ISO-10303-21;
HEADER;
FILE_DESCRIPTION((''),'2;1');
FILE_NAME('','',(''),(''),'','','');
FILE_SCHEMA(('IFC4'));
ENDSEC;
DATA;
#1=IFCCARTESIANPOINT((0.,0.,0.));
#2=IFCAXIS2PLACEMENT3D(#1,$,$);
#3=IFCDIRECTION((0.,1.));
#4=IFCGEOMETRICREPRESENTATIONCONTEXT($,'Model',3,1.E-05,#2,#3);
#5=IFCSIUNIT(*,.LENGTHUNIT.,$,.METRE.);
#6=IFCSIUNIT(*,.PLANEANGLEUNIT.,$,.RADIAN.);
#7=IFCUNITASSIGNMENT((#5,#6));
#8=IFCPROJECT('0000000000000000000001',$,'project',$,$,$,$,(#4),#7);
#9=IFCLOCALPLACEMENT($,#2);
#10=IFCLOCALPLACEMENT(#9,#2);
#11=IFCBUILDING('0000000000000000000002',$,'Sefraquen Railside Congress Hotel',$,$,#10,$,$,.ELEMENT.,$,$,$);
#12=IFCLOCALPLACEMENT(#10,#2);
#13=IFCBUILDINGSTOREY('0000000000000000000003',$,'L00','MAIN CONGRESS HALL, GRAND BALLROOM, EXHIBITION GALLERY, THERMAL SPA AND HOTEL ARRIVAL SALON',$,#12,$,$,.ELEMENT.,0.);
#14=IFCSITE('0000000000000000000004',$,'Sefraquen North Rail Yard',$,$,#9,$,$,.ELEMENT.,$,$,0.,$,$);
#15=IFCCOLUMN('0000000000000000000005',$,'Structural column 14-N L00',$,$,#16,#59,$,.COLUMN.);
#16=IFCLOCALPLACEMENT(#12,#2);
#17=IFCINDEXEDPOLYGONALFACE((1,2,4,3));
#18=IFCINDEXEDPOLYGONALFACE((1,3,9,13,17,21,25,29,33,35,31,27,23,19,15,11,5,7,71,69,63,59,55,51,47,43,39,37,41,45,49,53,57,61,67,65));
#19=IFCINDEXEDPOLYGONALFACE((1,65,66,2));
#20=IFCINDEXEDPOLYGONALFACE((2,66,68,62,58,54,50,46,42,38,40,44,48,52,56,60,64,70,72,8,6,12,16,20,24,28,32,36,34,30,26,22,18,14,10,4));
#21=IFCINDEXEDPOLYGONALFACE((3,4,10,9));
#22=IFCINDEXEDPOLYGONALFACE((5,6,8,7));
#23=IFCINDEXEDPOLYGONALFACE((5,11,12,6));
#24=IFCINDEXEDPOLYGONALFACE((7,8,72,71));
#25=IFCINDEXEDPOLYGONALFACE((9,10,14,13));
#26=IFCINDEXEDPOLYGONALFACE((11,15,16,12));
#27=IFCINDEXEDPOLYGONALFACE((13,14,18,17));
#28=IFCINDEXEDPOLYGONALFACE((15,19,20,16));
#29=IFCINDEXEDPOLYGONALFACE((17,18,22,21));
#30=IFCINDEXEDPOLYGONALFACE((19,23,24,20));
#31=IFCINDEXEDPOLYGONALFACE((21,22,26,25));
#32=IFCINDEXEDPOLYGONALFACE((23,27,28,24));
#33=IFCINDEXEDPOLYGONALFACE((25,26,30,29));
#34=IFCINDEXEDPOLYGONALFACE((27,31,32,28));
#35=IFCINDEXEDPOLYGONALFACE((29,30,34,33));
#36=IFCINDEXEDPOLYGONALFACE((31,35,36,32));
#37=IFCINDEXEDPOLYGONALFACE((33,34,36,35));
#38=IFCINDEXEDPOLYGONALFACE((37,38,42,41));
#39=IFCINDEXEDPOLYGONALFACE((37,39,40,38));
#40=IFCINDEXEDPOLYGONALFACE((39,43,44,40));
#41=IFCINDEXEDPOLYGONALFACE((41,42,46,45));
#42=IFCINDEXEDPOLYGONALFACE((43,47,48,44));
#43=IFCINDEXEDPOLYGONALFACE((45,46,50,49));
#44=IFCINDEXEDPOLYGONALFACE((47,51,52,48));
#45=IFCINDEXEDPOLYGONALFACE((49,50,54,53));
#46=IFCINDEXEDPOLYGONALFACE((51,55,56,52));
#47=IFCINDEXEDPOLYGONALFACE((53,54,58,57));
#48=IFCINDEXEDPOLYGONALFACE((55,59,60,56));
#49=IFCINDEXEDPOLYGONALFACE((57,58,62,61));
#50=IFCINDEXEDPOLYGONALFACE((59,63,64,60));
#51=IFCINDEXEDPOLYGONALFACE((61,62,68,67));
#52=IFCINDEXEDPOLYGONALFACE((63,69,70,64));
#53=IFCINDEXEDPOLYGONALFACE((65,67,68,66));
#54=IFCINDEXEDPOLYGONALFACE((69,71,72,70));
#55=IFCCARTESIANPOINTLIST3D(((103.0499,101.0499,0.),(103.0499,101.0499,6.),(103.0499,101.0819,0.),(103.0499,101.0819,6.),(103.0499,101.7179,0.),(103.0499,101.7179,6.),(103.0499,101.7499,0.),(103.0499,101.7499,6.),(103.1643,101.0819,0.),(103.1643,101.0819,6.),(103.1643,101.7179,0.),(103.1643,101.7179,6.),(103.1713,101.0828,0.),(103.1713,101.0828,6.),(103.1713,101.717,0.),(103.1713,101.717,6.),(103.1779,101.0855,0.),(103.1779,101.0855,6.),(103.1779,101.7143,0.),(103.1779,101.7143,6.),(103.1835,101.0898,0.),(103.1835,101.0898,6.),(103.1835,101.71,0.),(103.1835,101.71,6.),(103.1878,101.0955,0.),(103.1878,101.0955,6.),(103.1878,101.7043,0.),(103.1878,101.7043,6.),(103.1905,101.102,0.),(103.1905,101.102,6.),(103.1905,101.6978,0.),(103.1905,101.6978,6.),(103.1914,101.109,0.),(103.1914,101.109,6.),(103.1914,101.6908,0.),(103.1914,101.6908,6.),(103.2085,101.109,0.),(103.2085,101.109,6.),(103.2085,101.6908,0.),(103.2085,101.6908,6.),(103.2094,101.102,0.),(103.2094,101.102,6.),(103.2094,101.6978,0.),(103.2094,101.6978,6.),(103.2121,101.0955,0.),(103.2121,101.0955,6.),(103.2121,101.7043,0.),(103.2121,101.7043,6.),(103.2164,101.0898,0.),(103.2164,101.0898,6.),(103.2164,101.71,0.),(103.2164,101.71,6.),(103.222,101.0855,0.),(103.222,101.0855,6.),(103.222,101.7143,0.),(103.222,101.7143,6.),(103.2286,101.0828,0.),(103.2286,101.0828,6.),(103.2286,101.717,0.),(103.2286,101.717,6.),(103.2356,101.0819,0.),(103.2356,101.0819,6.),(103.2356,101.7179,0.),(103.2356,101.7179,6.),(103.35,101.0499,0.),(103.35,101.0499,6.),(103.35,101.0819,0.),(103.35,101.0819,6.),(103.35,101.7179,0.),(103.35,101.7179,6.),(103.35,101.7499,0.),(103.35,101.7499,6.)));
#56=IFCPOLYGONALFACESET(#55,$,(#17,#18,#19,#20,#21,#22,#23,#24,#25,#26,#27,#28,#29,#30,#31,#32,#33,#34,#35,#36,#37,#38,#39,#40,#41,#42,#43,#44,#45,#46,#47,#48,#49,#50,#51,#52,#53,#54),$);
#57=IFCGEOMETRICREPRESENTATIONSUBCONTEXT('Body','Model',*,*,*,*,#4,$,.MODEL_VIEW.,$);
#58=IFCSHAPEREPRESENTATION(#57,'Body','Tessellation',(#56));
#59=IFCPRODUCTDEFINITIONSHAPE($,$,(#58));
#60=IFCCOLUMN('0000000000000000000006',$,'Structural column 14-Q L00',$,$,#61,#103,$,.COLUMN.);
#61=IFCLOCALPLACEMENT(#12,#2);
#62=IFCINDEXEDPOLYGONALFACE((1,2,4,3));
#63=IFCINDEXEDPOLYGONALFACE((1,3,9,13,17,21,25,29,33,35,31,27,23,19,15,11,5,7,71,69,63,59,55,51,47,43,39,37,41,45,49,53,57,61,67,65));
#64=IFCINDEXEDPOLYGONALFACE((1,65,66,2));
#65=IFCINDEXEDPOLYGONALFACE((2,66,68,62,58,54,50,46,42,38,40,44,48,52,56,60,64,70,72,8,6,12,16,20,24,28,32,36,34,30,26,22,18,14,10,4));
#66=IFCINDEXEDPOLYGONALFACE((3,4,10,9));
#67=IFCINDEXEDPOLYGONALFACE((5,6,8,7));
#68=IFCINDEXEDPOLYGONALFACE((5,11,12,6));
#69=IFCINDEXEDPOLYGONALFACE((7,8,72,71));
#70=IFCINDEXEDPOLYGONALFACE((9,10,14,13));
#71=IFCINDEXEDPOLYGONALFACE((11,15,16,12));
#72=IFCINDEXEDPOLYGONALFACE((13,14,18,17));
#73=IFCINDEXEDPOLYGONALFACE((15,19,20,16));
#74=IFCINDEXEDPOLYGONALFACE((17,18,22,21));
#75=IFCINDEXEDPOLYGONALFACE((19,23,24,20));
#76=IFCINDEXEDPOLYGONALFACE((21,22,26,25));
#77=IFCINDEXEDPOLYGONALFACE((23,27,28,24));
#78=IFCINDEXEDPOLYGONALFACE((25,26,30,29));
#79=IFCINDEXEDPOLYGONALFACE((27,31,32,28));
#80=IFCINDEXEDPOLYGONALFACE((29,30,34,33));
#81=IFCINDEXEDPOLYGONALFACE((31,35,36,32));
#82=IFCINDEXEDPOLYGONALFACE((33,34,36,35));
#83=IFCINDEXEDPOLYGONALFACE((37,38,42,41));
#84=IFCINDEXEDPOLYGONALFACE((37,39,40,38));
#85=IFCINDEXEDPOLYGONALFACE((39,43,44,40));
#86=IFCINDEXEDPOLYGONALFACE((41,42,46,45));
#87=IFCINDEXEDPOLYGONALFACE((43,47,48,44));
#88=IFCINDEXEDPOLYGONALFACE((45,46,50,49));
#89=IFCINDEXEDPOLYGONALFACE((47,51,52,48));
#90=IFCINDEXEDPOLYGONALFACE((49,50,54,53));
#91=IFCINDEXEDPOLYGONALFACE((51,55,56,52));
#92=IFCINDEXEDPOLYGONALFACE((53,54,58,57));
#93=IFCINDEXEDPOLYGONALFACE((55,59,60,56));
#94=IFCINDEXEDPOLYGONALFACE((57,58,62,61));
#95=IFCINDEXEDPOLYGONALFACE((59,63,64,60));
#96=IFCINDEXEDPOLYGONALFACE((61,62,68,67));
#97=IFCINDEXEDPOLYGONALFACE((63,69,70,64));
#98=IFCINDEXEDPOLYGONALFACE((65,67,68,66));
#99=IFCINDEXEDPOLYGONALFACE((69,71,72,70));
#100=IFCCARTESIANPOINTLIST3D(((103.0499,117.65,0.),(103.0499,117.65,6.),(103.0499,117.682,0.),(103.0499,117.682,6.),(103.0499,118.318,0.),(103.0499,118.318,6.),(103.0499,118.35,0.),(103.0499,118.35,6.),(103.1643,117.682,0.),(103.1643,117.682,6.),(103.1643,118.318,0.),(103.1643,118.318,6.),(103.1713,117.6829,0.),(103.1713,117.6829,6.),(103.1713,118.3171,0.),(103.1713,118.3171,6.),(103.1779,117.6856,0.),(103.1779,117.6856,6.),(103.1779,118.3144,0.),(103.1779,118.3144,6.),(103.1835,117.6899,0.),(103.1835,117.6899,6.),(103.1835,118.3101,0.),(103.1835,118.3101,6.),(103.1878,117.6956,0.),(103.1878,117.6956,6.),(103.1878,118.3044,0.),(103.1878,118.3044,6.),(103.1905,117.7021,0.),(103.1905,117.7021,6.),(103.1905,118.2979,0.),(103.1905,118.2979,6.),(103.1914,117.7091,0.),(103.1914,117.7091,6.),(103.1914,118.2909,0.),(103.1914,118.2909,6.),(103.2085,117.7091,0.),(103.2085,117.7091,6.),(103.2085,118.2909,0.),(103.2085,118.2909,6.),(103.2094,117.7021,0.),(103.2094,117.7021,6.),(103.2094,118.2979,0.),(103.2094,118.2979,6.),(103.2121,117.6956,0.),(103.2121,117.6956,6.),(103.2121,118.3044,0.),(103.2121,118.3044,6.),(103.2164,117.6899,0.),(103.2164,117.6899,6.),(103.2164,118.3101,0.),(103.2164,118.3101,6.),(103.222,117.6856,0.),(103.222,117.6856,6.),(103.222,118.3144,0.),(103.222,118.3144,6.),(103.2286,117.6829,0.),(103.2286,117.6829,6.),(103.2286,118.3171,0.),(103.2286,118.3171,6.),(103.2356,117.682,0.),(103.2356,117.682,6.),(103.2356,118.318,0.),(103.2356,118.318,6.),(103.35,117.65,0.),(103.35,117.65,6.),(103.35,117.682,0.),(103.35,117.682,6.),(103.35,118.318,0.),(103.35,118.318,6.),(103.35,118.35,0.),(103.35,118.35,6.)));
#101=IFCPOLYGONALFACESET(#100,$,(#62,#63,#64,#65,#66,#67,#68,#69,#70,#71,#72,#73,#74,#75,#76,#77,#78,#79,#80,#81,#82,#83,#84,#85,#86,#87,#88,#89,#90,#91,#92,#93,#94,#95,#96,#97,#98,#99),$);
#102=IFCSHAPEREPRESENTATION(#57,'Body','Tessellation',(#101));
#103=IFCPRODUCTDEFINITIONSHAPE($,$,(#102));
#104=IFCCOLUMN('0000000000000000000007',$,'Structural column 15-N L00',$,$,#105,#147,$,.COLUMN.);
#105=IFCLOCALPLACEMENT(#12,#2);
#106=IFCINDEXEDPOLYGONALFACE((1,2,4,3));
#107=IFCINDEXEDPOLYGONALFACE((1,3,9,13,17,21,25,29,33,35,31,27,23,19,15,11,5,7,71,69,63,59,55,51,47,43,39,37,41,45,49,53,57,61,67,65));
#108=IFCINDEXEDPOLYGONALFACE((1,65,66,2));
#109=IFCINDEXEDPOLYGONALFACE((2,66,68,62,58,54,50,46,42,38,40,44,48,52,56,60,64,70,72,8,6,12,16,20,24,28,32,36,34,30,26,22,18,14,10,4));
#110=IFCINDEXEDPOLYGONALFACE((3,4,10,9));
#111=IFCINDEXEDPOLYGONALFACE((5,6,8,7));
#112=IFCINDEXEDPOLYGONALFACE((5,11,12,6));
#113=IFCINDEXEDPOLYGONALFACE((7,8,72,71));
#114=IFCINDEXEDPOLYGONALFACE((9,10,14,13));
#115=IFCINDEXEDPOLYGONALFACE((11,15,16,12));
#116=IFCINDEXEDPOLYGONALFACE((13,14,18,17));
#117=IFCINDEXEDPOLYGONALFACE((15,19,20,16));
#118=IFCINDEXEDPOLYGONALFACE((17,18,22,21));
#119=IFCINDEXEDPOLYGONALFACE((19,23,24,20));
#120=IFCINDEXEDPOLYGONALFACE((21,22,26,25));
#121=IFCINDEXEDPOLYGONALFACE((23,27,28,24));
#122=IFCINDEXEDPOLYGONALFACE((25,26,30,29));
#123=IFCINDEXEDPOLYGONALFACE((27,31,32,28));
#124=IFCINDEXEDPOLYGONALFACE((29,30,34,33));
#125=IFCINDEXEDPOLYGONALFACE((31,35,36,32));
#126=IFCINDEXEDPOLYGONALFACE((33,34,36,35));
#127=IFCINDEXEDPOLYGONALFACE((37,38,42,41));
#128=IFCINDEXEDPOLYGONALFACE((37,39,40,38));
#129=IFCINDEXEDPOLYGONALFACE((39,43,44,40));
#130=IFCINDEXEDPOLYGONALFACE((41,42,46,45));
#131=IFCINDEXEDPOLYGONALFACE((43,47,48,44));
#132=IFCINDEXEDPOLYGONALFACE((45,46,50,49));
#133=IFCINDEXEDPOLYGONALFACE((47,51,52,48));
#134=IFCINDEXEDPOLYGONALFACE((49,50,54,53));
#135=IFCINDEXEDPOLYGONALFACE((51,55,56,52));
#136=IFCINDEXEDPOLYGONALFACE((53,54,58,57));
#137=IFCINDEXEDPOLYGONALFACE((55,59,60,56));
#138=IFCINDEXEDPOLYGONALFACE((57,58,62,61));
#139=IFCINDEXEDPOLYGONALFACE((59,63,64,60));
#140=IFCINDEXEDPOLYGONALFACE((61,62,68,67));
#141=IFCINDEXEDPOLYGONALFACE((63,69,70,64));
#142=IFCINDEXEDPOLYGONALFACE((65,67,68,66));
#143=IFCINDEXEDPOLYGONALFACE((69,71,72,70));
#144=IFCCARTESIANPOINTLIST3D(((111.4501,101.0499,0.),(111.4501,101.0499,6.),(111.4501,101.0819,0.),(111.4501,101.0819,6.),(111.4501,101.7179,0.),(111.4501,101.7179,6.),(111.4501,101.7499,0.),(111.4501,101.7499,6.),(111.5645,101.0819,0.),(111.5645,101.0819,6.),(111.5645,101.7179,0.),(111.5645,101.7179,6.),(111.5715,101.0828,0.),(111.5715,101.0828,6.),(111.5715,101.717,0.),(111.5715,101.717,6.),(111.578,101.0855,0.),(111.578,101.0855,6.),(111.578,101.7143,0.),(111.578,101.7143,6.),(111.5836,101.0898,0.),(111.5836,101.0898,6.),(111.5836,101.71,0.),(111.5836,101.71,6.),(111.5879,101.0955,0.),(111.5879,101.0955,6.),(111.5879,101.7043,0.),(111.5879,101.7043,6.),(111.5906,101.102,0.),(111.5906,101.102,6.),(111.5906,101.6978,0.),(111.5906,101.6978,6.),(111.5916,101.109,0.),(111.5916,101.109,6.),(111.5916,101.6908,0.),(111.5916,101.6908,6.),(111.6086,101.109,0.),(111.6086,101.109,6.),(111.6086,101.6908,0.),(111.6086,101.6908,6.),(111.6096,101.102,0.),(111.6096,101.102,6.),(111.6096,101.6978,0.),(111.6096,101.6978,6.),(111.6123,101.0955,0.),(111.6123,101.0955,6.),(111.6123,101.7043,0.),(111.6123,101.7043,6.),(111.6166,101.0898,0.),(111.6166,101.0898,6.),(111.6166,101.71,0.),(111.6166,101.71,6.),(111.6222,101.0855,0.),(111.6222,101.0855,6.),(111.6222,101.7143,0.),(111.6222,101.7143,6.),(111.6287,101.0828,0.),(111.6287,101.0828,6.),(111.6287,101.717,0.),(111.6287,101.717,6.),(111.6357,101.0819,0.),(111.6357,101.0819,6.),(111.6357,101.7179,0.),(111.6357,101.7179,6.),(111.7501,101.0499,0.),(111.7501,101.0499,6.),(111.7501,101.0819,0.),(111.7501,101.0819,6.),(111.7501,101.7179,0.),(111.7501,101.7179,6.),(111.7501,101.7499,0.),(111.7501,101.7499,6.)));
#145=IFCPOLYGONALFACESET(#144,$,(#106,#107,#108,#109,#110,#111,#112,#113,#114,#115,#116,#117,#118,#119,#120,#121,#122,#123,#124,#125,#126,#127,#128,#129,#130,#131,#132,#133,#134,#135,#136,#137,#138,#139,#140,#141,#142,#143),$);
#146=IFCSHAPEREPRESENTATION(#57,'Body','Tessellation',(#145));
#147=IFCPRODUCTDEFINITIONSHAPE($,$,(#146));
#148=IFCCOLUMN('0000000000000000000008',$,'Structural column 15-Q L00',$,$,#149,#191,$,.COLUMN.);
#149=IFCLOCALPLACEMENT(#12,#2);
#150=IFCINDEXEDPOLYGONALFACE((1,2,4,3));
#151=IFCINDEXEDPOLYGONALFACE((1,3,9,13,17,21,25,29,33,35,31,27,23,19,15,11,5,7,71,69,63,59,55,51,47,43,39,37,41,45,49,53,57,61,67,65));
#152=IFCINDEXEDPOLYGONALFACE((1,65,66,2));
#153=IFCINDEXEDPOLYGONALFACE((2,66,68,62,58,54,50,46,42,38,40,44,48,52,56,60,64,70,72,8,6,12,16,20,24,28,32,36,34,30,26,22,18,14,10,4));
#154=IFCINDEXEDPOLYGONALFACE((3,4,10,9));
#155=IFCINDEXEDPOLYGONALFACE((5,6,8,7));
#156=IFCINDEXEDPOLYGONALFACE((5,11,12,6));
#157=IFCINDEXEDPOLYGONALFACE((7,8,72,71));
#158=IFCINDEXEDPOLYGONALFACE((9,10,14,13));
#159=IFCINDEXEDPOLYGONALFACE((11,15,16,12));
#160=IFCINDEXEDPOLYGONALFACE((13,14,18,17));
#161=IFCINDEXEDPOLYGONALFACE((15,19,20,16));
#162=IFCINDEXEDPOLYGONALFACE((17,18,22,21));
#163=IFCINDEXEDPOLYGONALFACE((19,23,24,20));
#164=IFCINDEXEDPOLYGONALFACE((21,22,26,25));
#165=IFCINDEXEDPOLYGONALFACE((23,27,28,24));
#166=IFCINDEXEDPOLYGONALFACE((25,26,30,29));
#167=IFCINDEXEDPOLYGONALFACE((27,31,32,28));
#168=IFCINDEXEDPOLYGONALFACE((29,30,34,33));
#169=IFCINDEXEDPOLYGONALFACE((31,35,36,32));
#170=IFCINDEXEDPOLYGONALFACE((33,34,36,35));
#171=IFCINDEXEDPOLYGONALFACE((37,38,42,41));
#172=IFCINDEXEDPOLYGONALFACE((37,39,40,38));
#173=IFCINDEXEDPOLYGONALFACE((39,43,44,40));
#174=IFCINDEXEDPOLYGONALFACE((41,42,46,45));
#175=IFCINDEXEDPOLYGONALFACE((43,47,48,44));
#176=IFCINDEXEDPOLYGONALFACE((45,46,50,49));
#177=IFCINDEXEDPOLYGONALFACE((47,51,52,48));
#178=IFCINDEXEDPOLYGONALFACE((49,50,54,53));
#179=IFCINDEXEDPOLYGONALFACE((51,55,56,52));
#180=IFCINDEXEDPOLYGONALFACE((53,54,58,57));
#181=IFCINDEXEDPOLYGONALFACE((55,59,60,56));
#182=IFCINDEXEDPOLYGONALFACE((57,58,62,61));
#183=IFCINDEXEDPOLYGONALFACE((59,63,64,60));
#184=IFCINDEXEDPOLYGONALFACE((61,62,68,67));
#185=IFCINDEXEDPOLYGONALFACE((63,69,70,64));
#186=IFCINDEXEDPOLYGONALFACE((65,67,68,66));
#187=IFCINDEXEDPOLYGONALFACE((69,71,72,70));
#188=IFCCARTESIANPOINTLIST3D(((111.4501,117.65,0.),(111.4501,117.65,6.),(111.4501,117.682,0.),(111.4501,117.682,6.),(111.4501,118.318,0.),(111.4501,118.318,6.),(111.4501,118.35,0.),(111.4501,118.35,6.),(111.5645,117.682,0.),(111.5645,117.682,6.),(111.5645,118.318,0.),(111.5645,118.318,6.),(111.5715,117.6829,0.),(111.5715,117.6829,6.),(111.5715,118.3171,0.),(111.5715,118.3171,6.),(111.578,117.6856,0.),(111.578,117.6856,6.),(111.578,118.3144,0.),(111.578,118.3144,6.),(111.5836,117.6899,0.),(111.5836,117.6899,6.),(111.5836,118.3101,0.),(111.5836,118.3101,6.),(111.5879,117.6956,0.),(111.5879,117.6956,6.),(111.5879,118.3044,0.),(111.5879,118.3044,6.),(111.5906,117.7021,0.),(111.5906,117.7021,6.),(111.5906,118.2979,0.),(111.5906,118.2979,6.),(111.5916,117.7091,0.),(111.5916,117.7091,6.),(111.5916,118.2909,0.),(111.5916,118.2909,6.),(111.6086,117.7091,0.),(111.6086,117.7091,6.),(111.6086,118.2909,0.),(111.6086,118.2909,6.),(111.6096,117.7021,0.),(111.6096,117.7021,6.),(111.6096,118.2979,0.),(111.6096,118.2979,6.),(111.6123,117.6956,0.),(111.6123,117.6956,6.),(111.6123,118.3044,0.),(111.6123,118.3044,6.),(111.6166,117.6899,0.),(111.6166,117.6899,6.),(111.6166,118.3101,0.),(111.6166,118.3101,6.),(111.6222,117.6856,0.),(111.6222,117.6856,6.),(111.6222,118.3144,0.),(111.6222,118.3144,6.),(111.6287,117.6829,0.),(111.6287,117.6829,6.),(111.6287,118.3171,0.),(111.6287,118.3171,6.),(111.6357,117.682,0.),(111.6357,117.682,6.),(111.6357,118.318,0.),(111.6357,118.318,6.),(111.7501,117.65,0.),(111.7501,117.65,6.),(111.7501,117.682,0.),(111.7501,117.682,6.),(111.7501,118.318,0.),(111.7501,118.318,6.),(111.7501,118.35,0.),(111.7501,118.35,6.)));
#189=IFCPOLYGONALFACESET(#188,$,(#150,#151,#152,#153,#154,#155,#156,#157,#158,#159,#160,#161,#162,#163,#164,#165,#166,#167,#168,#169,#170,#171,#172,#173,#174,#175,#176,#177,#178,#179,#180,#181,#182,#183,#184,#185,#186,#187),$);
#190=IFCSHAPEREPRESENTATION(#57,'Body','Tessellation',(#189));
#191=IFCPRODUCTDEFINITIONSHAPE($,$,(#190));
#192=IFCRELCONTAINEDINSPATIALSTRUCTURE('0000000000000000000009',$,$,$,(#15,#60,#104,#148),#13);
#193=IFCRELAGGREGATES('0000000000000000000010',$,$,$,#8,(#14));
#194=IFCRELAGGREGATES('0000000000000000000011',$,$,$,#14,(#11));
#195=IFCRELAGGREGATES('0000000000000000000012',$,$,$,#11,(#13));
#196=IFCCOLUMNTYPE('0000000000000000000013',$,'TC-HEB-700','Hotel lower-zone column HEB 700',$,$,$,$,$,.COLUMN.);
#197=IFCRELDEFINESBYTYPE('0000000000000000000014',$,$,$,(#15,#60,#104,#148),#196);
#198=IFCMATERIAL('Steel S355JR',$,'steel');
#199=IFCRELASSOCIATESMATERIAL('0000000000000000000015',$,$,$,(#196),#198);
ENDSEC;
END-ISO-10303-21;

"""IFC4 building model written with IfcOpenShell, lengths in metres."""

from ifc_helpers import new_model, si_unit, direction, frame, origin, origin_2d, place, context, subcontext, project, spatial, i_section, extrude, material, material_profile, profile_set, type_object, element, save


model = new_model("IFC4")

# Units and contexts
model_context = context("Model", 3, precision=1e-05, world=origin(), true_north=direction((0.0, 1.0)))
body_context = subcontext(model_context, "Body", "Model", "MODEL_VIEW")
ifc_project = project(units=[si_unit("LENGTHUNIT", "METRE"), si_unit("PLANEANGLEUNIT", "RADIAN")], contexts=[model_context])

# Site, building, storey
site_placement = place(None, origin())
site = spatial("IfcSite", under=ifc_project, at=site_placement, Name="Sefraquen North Rail Yard", CompositionType="ELEMENT", RefElevation=0.0)
building_placement = place(site_placement, origin())
building = spatial("IfcBuilding", under=site, at=building_placement, Name="Sefraquen Railside Congress Hotel", CompositionType="ELEMENT")
storey_placement = place(building_placement, origin())
storey = spatial("IfcBuildingStorey", under=building, at=storey_placement, Name="L00", Description="MAIN CONGRESS HALL, GRAND BALLROOM, EXHIBITION GALLERY, THERMAL SPA AND HOTEL ARRIVAL SALON", CompositionType="ELEMENT", Elevation=0.0)

# Columns
ifc_material_1 = material(Name="Steel S355JR", Category="steel")
ifc_material_profile_1 = material_profile(ifc_material_1, i_section(OverallWidth=0.3, OverallDepth=0.7, WebThickness=0.0171, FlangeThickness=0.032, FilletRadius=0.0271, at=origin_2d()), Name="HEB 700")
ifc_profile_set_1 = profile_set([ifc_material_profile_1], Name="Steel S355JR")
column_type_1 = type_object("IfcColumnType", Name="TC-HEB-700", Description="Hotel lower-zone column HEB 700", PredefinedType="COLUMN", material=ifc_profile_set_1)
for number, where, z_axis, x_axis, name in (
    (1, (103.2, 101.3999, 0.0), (0.0, 0.0, 1.0), (1.0, 0.0, 0.0), "Structural column 14-N L00"),
    (2, (103.2, 118.0, 0.0), (0.0, 0.0, 1.0), (1.0, 0.0, 0.0), "Structural column 14-Q L00"),
    (3, (111.6001, 101.3999, 0.0), (0.0, 0.0, 1.0), (1.0, 0.0, 0.0), "Structural column 15-N L00"),
    (4, (111.6001, 118.0, 0.0), (0.0, 0.0, 1.0), (1.0, 0.0, 0.0), "Structural column 15-Q L00"),
):
    element("IfcColumn", number, at=place(storey_placement, frame(where, z_axis=z_axis, x_axis=x_axis)), inside=storey, type_object=column_type_1, Name=name, PredefinedType="COLUMN", context=body_context, shape_type="SweptSolid", body=[
        extrude(i_section(OverallWidth=0.3, OverallDepth=0.7, WebThickness=0.0171, FlangeThickness=0.032, FilletRadius=0.0271, at=origin_2d()), origin(), (0.0, 0.0, 1.0), 6.0),
    ])

save(model, "model.ifc")
